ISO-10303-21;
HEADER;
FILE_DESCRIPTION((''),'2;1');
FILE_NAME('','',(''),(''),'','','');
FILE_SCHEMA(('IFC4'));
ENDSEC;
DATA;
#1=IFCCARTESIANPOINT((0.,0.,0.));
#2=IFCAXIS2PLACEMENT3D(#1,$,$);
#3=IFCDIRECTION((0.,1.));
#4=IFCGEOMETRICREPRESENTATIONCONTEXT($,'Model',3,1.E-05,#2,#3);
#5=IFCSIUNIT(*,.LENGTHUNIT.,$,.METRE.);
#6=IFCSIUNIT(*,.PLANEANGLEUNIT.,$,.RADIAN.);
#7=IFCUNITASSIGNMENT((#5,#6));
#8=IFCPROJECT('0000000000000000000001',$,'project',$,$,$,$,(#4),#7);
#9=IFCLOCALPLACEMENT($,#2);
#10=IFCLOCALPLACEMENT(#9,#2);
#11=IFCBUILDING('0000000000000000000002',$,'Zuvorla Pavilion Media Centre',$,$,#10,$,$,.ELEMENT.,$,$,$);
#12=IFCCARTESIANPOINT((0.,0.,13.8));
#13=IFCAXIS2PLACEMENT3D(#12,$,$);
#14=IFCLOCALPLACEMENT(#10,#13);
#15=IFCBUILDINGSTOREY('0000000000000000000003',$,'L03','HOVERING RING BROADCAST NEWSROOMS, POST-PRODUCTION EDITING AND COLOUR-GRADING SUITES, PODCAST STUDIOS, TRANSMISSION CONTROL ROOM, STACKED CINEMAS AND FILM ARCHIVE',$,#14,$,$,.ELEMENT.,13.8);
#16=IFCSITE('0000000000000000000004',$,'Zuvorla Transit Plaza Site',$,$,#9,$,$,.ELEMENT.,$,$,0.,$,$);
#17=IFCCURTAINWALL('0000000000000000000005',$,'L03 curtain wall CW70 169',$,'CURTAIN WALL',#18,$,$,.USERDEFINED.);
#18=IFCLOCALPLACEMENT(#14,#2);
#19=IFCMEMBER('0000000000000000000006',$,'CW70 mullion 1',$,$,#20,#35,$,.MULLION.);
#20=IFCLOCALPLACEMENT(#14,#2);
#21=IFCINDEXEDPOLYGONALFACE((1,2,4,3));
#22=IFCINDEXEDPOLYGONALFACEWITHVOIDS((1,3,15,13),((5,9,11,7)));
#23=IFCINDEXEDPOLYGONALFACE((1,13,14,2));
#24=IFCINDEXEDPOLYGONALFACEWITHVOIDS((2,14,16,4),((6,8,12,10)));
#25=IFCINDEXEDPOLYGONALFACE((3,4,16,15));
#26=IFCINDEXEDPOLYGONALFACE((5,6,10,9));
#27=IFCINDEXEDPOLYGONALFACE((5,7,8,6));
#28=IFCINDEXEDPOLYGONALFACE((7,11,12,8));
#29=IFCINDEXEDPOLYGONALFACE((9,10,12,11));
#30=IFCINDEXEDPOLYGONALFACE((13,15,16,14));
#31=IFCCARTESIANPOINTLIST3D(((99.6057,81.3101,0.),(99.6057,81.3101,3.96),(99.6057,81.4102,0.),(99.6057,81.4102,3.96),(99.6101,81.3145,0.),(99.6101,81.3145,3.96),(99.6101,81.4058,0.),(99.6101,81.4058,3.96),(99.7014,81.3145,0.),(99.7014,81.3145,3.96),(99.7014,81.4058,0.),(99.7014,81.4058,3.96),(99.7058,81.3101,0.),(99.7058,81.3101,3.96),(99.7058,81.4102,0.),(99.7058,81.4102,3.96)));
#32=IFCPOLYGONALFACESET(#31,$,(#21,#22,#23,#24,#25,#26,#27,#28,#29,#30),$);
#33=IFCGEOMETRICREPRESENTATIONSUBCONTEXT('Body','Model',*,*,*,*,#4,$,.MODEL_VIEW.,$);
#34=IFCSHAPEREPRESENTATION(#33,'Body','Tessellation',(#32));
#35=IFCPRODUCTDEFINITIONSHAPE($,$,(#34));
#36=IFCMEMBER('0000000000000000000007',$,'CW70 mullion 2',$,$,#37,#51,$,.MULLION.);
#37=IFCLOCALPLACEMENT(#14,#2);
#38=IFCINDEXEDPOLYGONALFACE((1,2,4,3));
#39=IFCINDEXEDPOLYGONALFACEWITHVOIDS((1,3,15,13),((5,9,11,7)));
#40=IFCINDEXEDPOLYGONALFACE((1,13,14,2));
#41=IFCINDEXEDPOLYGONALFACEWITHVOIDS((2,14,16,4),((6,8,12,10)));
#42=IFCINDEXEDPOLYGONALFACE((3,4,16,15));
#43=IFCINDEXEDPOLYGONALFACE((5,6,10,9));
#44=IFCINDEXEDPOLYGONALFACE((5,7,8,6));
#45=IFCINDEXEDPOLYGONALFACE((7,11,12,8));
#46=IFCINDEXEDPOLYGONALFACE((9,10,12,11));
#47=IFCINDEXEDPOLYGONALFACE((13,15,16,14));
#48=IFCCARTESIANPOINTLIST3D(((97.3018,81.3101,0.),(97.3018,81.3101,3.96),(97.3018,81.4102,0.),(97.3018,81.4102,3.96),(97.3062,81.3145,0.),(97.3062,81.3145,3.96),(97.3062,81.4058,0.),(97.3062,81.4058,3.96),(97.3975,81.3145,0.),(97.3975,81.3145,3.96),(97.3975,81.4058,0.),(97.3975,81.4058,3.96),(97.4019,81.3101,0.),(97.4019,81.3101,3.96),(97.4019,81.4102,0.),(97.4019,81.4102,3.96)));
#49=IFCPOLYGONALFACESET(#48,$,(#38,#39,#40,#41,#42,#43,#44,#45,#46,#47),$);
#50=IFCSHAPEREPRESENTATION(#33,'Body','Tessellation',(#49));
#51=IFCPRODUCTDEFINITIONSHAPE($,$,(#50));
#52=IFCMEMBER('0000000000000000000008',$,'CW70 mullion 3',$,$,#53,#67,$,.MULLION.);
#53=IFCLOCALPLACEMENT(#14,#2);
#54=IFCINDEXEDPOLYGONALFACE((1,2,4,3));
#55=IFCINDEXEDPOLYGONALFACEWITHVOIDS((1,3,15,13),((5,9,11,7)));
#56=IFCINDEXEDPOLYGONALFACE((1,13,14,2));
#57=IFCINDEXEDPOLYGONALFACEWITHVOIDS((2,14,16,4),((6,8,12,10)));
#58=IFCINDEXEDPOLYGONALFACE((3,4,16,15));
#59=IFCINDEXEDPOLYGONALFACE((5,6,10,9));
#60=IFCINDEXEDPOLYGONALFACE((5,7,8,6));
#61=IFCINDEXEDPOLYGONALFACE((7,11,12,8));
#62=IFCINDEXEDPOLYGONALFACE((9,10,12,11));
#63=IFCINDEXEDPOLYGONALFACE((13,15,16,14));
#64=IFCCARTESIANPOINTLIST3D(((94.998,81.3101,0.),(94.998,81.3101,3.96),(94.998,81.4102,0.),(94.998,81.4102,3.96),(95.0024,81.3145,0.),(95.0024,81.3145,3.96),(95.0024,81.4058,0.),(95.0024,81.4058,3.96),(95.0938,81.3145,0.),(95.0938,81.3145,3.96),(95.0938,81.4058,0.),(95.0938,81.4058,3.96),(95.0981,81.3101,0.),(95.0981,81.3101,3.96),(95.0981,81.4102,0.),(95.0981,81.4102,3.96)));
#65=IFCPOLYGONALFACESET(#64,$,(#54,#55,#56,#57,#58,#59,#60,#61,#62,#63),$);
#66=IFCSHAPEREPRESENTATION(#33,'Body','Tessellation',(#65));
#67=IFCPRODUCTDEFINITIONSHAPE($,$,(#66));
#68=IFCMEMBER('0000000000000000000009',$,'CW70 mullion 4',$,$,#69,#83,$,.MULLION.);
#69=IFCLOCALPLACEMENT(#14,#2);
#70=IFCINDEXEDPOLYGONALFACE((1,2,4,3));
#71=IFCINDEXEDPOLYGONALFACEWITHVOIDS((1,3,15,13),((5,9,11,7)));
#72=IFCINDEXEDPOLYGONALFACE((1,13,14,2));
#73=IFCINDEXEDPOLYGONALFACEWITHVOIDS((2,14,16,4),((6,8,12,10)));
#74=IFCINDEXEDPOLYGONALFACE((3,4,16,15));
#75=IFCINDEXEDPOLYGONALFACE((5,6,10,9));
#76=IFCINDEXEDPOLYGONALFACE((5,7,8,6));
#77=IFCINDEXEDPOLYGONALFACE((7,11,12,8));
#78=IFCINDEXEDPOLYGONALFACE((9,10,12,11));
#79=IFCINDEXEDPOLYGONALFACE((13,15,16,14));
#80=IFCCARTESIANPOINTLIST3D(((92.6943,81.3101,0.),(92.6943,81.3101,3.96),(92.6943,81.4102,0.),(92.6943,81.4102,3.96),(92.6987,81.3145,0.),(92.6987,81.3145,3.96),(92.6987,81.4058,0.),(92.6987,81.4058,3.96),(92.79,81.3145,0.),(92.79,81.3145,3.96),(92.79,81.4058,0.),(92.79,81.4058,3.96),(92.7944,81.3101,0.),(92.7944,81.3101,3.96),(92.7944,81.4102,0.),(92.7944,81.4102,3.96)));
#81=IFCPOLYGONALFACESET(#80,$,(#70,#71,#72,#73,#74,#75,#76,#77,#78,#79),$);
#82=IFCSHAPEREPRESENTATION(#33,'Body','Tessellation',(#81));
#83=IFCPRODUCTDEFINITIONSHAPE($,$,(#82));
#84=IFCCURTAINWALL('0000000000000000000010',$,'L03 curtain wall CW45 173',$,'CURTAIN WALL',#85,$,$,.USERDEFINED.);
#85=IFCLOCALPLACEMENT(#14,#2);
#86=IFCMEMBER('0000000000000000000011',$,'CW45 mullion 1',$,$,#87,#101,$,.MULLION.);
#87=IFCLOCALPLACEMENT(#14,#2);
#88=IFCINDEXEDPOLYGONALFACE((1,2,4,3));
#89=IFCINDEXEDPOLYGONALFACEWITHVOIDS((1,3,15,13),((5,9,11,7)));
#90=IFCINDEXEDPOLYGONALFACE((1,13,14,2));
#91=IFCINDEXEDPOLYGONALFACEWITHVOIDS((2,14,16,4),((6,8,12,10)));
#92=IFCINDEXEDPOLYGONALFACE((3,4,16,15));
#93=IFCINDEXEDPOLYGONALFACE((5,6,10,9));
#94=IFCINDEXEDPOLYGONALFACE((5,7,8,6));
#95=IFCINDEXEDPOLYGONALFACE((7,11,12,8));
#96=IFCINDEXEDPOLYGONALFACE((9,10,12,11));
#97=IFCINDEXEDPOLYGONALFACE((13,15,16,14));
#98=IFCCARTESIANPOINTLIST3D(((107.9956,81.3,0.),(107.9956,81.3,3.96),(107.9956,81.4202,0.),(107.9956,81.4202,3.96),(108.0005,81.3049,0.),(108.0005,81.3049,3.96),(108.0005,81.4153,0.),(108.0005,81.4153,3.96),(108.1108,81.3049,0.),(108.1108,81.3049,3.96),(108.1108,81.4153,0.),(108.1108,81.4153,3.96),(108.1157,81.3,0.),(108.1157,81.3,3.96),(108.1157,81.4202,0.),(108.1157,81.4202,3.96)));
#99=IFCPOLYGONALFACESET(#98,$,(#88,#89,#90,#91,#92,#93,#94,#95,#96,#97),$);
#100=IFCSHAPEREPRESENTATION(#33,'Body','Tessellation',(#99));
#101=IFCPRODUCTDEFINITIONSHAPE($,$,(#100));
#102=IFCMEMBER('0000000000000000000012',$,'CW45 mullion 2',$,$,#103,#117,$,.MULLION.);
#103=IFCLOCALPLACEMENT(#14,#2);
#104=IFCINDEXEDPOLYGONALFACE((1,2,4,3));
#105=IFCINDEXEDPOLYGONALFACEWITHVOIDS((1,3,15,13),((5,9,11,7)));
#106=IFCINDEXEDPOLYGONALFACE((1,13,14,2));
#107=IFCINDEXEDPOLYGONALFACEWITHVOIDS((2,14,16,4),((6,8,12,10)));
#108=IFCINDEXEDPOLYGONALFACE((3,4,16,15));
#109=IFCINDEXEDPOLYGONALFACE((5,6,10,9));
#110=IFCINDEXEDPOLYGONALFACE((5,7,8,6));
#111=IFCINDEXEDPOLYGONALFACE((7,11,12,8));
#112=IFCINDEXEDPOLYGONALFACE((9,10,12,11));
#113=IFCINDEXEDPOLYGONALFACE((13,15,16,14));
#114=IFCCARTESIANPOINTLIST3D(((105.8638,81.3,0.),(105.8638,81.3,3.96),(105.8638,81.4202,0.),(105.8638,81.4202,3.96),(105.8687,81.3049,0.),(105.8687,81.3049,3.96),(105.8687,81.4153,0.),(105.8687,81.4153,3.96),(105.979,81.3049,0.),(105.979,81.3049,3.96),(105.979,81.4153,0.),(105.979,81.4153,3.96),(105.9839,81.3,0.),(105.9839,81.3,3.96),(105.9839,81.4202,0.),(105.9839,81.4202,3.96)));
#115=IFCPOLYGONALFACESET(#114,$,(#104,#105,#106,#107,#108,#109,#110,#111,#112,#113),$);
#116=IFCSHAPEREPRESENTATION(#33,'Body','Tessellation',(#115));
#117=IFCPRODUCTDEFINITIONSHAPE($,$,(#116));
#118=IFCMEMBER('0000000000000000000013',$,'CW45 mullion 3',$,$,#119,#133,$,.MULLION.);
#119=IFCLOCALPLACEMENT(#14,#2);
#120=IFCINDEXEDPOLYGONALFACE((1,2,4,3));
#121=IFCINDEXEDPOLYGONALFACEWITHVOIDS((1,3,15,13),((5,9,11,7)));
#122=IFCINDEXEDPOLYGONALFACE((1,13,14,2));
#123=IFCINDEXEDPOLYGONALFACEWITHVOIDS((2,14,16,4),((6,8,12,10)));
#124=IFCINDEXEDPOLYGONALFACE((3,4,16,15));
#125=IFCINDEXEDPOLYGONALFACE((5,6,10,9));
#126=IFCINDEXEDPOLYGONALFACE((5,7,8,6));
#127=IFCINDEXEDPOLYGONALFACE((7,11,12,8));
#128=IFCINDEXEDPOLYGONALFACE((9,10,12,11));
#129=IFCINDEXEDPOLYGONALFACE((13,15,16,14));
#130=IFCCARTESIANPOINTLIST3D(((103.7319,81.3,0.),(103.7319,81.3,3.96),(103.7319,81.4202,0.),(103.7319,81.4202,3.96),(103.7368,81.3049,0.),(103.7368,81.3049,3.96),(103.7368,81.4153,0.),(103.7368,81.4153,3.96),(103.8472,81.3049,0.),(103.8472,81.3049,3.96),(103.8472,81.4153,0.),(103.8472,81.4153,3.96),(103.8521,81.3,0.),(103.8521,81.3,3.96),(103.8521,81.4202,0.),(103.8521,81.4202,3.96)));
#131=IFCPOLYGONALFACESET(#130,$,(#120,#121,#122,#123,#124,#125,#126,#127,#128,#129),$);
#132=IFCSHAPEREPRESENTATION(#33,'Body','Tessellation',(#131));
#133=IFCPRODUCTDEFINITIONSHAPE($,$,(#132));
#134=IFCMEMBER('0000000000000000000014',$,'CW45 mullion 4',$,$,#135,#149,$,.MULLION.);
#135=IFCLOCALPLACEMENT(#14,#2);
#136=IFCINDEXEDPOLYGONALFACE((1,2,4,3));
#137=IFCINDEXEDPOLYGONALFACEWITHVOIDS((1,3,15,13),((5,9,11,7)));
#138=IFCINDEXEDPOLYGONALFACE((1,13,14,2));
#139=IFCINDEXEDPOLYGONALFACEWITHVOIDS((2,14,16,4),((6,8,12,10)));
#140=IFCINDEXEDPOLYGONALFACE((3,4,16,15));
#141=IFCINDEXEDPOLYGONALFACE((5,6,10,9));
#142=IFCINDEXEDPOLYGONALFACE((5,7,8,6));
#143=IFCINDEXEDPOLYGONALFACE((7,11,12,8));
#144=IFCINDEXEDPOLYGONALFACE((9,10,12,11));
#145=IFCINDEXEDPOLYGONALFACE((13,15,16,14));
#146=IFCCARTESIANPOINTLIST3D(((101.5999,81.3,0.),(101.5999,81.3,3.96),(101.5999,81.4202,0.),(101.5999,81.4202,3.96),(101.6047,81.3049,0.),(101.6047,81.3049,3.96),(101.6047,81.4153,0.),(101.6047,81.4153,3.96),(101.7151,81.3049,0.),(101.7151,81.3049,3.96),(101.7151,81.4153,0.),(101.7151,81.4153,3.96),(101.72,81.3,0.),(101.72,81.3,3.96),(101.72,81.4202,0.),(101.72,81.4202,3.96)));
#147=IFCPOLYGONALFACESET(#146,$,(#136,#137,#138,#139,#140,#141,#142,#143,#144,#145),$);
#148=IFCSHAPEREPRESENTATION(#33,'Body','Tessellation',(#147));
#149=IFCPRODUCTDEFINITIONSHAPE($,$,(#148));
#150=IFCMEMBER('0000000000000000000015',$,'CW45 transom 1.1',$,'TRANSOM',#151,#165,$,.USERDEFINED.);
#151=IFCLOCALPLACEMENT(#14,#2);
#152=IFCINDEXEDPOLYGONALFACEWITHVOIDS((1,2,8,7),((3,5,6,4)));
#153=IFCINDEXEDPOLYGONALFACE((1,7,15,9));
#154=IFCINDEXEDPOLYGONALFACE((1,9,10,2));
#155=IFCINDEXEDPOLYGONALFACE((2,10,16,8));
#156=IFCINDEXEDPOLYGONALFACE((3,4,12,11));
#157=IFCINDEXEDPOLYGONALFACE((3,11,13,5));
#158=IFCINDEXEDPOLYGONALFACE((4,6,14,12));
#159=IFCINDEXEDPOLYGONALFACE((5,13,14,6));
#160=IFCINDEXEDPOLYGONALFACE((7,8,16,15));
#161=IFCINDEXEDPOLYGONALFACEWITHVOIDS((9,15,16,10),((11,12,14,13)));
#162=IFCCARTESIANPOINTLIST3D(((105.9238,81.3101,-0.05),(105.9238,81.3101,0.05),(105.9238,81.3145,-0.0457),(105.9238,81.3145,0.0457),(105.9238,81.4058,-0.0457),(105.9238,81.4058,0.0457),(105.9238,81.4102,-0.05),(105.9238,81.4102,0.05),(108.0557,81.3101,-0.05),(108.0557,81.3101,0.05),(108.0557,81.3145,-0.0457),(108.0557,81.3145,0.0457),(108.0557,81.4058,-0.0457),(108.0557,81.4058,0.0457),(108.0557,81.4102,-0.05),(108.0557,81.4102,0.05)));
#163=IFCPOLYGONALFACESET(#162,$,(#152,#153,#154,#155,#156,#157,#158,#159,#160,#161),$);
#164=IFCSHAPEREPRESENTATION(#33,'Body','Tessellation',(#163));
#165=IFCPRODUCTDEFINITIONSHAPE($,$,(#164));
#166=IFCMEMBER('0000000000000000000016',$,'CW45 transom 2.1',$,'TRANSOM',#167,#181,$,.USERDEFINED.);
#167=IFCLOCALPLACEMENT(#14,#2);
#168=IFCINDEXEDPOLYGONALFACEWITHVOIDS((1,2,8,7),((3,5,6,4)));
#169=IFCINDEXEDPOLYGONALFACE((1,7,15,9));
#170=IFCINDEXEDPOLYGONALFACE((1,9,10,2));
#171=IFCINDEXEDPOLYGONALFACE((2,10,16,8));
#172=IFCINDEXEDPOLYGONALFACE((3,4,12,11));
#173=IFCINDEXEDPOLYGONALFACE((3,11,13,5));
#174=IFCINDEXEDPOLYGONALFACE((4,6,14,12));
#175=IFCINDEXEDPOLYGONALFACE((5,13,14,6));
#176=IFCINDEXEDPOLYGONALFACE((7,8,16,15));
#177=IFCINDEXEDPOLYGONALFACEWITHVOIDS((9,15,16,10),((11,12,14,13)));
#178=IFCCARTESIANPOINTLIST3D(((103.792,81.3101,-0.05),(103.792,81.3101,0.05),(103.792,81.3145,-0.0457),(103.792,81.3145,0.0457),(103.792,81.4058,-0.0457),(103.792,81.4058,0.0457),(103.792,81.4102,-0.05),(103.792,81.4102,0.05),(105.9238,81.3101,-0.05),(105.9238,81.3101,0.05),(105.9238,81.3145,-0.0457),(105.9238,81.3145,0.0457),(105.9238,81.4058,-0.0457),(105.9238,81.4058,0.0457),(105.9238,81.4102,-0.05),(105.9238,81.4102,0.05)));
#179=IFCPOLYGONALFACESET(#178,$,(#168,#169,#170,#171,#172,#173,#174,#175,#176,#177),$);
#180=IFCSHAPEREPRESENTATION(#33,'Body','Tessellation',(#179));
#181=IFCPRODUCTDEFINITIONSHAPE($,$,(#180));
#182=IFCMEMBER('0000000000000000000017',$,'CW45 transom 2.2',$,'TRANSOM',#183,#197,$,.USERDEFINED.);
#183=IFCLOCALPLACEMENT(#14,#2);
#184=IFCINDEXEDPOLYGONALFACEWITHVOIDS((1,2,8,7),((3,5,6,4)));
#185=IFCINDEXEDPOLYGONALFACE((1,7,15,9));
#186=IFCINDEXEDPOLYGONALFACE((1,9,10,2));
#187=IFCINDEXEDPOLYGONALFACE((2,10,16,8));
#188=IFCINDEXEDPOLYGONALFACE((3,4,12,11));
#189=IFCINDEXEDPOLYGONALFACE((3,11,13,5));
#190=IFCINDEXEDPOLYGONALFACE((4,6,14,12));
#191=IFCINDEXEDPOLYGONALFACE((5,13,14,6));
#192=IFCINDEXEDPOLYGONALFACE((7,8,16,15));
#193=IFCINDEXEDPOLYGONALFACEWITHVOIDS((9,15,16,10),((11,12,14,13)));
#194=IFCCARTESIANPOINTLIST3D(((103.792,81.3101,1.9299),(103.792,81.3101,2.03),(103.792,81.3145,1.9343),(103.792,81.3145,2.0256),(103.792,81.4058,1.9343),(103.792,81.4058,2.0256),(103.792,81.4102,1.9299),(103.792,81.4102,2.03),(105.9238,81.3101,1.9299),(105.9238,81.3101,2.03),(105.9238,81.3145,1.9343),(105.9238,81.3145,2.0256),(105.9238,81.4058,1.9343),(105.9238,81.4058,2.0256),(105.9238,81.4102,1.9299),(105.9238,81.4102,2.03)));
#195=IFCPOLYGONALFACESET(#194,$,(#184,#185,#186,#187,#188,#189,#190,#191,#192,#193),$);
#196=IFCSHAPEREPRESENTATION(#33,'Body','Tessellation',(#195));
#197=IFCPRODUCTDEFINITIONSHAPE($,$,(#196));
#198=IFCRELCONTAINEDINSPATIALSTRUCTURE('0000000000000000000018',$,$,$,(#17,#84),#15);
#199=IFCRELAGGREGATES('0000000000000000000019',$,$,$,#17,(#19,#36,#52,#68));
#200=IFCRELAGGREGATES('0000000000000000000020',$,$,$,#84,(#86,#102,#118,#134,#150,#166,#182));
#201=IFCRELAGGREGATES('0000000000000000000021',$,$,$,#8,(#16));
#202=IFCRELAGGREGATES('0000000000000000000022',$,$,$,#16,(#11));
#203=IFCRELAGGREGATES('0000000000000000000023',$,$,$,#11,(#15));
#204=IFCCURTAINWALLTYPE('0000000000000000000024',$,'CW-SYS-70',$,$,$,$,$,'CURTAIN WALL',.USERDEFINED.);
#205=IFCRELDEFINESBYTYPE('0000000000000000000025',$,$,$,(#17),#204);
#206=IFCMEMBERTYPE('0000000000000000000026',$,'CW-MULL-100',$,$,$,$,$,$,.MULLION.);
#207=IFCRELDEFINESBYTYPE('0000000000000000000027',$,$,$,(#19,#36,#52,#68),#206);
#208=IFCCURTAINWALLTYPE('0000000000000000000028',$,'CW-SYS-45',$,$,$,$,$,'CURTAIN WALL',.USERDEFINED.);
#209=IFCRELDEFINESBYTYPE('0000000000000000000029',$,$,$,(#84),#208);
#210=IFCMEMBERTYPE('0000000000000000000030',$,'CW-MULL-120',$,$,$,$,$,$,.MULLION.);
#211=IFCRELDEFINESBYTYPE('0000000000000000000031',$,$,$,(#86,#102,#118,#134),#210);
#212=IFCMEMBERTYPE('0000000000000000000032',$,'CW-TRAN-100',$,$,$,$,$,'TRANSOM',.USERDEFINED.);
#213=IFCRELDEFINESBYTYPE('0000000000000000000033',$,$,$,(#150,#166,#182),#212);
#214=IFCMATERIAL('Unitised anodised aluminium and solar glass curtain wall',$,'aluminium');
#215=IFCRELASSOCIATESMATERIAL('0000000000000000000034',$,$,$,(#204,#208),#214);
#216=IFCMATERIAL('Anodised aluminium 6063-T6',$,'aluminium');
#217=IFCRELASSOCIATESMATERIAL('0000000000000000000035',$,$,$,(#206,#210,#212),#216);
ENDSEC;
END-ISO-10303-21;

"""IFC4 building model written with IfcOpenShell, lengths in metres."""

from ifc_helpers import new_model, si_unit, direction, frame, origin, origin_2d, place, context, subcontext, project, spatial, hollow_rectangle, extrude, material, material_profile, profile_set, type_object, element, aggregate, save


model = new_model("IFC4")

# Units and contexts
model_context = context("Model", 3, precision=1e-05, world=origin(), true_north=direction((0.0, 1.0)))
body_context = subcontext(model_context, "Body", "Model", "MODEL_VIEW")
ifc_project = project(units=[si_unit("LENGTHUNIT", "METRE"), si_unit("PLANEANGLEUNIT", "RADIAN")], contexts=[model_context])

# Site, building, storey
site_placement = place(None, origin())
site = spatial("IfcSite", under=ifc_project, at=site_placement, Name="Zuvorla Transit Plaza Site", CompositionType="ELEMENT", RefElevation=0.0)
building_placement = place(site_placement, origin())
building = spatial("IfcBuilding", under=site, at=building_placement, Name="Zuvorla Pavilion Media Centre", CompositionType="ELEMENT")
storey_placement = place(building_placement, frame((0.0, 0.0, 13.8)))
storey = spatial("IfcBuildingStorey", under=building, at=storey_placement, Name="L03", Description="HOVERING RING BROADCAST NEWSROOMS, POST-PRODUCTION EDITING AND COLOUR-GRADING SUITES, PODCAST STUDIOS, TRANSMISSION CONTROL ROOM, STACKED CINEMAS AND FILM ARCHIVE", CompositionType="ELEMENT", Elevation=13.8)

# Curtain walls, members
ifc_material_1 = material(Name="Unitised anodised aluminium and solar glass curtain wall", Category="aluminium")
curtain_wall_type_1 = type_object("IfcCurtainWallType", Name="CW-SYS-70", ElementType="CURTAIN WALL", PredefinedType="USERDEFINED", material=ifc_material_1)
curtain_wall_1_placement = place(storey_placement, origin())
curtain_wall_1 = element("IfcCurtainWall", 1, at=curtain_wall_1_placement, inside=storey, type_object=curtain_wall_type_1, Name="L03 curtain wall CW70 169", ObjectType="CURTAIN WALL", PredefinedType="USERDEFINED")
ifc_material_2 = material(Name="Anodised aluminium 6063-T6", Category="aluminium")
ifc_material_profile_1 = material_profile(ifc_material_2, hollow_rectangle(XDim=0.1001, YDim=0.1001, WallThickness=0.0044, at=origin_2d()), Name="ALU MULL 100x100")
ifc_profile_set_1 = profile_set([ifc_material_profile_1], Name="Anodised aluminium 6063-T6")
member_type_1 = type_object("IfcMemberType", Name="CW-MULL-100", PredefinedType="MULLION", material=ifc_profile_set_1)
member_1_placement = place(storey_placement, frame((99.6558, 81.3601, 0.0), z_axis=(0.0, 0.0, 1.0), x_axis=(1.0, 0.0, 0.0)))
member_1 = element("IfcMember", 2, at=member_1_placement, type_object=member_type_1, Name="CW70 mullion 1", PredefinedType="MULLION", context=body_context, shape_type="SweptSolid", body=[
    extrude(hollow_rectangle(XDim=0.1001, YDim=0.1001, WallThickness=0.0044, at=origin_2d()), origin(), (0.0, 0.0, 1.0), 3.96),
])
member_2_placement = place(storey_placement, frame((97.3518, 81.3601, 0.0), z_axis=(0.0, 0.0, 1.0), x_axis=(1.0, 0.0, 0.0)))
member_2 = element("IfcMember", 3, at=member_2_placement, type_object=member_type_1, Name="CW70 mullion 2", PredefinedType="MULLION", context=body_context, shape_type="SweptSolid", body=[
    extrude(hollow_rectangle(XDim=0.1001, YDim=0.1001, WallThickness=0.0044, at=origin_2d()), origin(), (0.0, 0.0, 1.0), 3.96),
])
member_3_placement = place(storey_placement, frame((95.0481, 81.3601, 0.0), z_axis=(0.0, 0.0, 1.0), x_axis=(1.0, 0.0, 0.0)))
member_3 = element("IfcMember", 4, at=member_3_placement, type_object=member_type_1, Name="CW70 mullion 3", PredefinedType="MULLION", context=body_context, shape_type="SweptSolid", body=[
    extrude(hollow_rectangle(XDim=0.1001, YDim=0.1001, WallThickness=0.0044, at=origin_2d()), origin(), (0.0, 0.0, 1.0), 3.96),
])
member_4_placement = place(storey_placement, frame((92.7444, 81.3601, 0.0), z_axis=(0.0, 0.0, 1.0), x_axis=(1.0, 0.0, 0.0)))
member_4 = element("IfcMember", 5, at=member_4_placement, type_object=member_type_1, Name="CW70 mullion 4", PredefinedType="MULLION", context=body_context, shape_type="SweptSolid", body=[
    extrude(hollow_rectangle(XDim=0.1001, YDim=0.1001, WallThickness=0.0044, at=origin_2d()), origin(), (0.0, 0.0, 1.0), 3.96),
])
curtain_wall_type_2 = type_object("IfcCurtainWallType", Name="CW-SYS-45", ElementType="CURTAIN WALL", PredefinedType="USERDEFINED", material=ifc_material_1)
curtain_wall_2_placement = place(storey_placement, origin())
curtain_wall_2 = element("IfcCurtainWall", 6, at=curtain_wall_2_placement, inside=storey, type_object=curtain_wall_type_2, Name="L03 curtain wall CW45 173", ObjectType="CURTAIN WALL", PredefinedType="USERDEFINED")
ifc_material_profile_2 = material_profile(ifc_material_2, hollow_rectangle(XDim=0.1201, YDim=0.1201, WallThickness=0.0049, at=origin_2d()), Name="ALU MULL 120x120")
ifc_profile_set_2 = profile_set([ifc_material_profile_2], Name="Anodised aluminium 6063-T6")
member_type_2 = type_object("IfcMemberType", Name="CW-MULL-120", PredefinedType="MULLION", material=ifc_profile_set_2)
member_5_placement = place(storey_placement, frame((108.0557, 81.3601, 0.0), z_axis=(0.0, 0.0, 1.0), x_axis=(1.0, 0.0, 0.0)))
member_5 = element("IfcMember", 7, at=member_5_placement, type_object=member_type_2, Name="CW45 mullion 1", PredefinedType="MULLION", context=body_context, shape_type="SweptSolid", body=[
    extrude(hollow_rectangle(XDim=0.1201, YDim=0.1201, WallThickness=0.0049, at=origin_2d()), origin(), (0.0, 0.0, 1.0), 3.96),
])
member_6_placement = place(storey_placement, frame((105.9238, 81.3601, 0.0), z_axis=(0.0, 0.0, 1.0), x_axis=(1.0, 0.0, 0.0)))
member_6 = element("IfcMember", 8, at=member_6_placement, type_object=member_type_2, Name="CW45 mullion 2", PredefinedType="MULLION", context=body_context, shape_type="SweptSolid", body=[
    extrude(hollow_rectangle(XDim=0.1201, YDim=0.1201, WallThickness=0.0049, at=origin_2d()), origin(), (0.0, 0.0, 1.0), 3.96),
])
member_7_placement = place(storey_placement, frame((103.792, 81.3601, 0.0), z_axis=(0.0, 0.0, 1.0), x_axis=(1.0, 0.0, 0.0)))
member_7 = element("IfcMember", 9, at=member_7_placement, type_object=member_type_2, Name="CW45 mullion 3", PredefinedType="MULLION", context=body_context, shape_type="SweptSolid", body=[
    extrude(hollow_rectangle(XDim=0.1201, YDim=0.1201, WallThickness=0.0049, at=origin_2d()), origin(), (0.0, 0.0, 1.0), 3.96),
])
member_8_placement = place(storey_placement, frame((101.6599, 81.3601, 0.0), z_axis=(0.0, 0.0, 1.0), x_axis=(1.0, 0.0, 0.0)))
member_8 = element("IfcMember", 10, at=member_8_placement, type_object=member_type_2, Name="CW45 mullion 4", PredefinedType="MULLION", context=body_context, shape_type="SweptSolid", body=[
    extrude(hollow_rectangle(XDim=0.1201, YDim=0.1201, WallThickness=0.0049, at=origin_2d()), origin(), (0.0, 0.0, 1.0), 3.96),
])
ifc_material_profile_3 = material_profile(ifc_material_2, hollow_rectangle(XDim=0.1001, YDim=0.1001, WallThickness=0.0044, at=origin_2d()), Name="ALU TRAN 100x100")
ifc_profile_set_3 = profile_set([ifc_material_profile_3], Name="Anodised aluminium 6063-T6")
member_type_3 = type_object("IfcMemberType", Name="CW-TRAN-100", ElementType="TRANSOM", PredefinedType="USERDEFINED", material=ifc_profile_set_3)
member_9_placement = place(storey_placement, frame((108.0557, 81.3601, 0.0), z_axis=(-1.0, 0.0, 0.0), x_axis=(0.0, -1.0, 0.0)))
member_9 = element("IfcMember", 11, at=member_9_placement, type_object=member_type_3, Name="CW45 transom 1.1", ObjectType="TRANSOM", PredefinedType="USERDEFINED", context=body_context, shape_type="SweptSolid", body=[
    extrude(hollow_rectangle(XDim=0.1001, YDim=0.1001, WallThickness=0.0044, at=origin_2d()), origin(), (0.0, 0.0, 1.0), 2.1318),
])
member_10_placement = place(storey_placement, frame((105.9238, 81.3601, 0.0), z_axis=(-1.0, 0.0, 0.0), x_axis=(0.0, -1.0, 0.0)))
member_10 = element("IfcMember", 12, at=member_10_placement, type_object=member_type_3, Name="CW45 transom 2.1", ObjectType="TRANSOM", PredefinedType="USERDEFINED", context=body_context, shape_type="SweptSolid", body=[
    extrude(hollow_rectangle(XDim=0.1001, YDim=0.1001, WallThickness=0.0044, at=origin_2d()), origin(), (0.0, 0.0, 1.0), 2.1318),
])
member_11_placement = place(storey_placement, frame((105.9238, 81.3601, 1.98), z_axis=(-1.0, 0.0, 0.0), x_axis=(0.0, -1.0, 0.0)))
member_11 = element("IfcMember", 13, at=member_11_placement, type_object=member_type_3, Name="CW45 transom 2.2", ObjectType="TRANSOM", PredefinedType="USERDEFINED", context=body_context, shape_type="SweptSolid", body=[
    extrude(hollow_rectangle(XDim=0.1001, YDim=0.1001, WallThickness=0.0044, at=origin_2d()), origin(), (0.0, 0.0, 1.0), 2.1318),
])

aggregate(curtain_wall_1, [member_1, member_2, member_3, member_4])
aggregate(curtain_wall_2, [member_5, member_6, member_7, member_8, member_9, member_10, member_11])

save(model, "model.ifc")
